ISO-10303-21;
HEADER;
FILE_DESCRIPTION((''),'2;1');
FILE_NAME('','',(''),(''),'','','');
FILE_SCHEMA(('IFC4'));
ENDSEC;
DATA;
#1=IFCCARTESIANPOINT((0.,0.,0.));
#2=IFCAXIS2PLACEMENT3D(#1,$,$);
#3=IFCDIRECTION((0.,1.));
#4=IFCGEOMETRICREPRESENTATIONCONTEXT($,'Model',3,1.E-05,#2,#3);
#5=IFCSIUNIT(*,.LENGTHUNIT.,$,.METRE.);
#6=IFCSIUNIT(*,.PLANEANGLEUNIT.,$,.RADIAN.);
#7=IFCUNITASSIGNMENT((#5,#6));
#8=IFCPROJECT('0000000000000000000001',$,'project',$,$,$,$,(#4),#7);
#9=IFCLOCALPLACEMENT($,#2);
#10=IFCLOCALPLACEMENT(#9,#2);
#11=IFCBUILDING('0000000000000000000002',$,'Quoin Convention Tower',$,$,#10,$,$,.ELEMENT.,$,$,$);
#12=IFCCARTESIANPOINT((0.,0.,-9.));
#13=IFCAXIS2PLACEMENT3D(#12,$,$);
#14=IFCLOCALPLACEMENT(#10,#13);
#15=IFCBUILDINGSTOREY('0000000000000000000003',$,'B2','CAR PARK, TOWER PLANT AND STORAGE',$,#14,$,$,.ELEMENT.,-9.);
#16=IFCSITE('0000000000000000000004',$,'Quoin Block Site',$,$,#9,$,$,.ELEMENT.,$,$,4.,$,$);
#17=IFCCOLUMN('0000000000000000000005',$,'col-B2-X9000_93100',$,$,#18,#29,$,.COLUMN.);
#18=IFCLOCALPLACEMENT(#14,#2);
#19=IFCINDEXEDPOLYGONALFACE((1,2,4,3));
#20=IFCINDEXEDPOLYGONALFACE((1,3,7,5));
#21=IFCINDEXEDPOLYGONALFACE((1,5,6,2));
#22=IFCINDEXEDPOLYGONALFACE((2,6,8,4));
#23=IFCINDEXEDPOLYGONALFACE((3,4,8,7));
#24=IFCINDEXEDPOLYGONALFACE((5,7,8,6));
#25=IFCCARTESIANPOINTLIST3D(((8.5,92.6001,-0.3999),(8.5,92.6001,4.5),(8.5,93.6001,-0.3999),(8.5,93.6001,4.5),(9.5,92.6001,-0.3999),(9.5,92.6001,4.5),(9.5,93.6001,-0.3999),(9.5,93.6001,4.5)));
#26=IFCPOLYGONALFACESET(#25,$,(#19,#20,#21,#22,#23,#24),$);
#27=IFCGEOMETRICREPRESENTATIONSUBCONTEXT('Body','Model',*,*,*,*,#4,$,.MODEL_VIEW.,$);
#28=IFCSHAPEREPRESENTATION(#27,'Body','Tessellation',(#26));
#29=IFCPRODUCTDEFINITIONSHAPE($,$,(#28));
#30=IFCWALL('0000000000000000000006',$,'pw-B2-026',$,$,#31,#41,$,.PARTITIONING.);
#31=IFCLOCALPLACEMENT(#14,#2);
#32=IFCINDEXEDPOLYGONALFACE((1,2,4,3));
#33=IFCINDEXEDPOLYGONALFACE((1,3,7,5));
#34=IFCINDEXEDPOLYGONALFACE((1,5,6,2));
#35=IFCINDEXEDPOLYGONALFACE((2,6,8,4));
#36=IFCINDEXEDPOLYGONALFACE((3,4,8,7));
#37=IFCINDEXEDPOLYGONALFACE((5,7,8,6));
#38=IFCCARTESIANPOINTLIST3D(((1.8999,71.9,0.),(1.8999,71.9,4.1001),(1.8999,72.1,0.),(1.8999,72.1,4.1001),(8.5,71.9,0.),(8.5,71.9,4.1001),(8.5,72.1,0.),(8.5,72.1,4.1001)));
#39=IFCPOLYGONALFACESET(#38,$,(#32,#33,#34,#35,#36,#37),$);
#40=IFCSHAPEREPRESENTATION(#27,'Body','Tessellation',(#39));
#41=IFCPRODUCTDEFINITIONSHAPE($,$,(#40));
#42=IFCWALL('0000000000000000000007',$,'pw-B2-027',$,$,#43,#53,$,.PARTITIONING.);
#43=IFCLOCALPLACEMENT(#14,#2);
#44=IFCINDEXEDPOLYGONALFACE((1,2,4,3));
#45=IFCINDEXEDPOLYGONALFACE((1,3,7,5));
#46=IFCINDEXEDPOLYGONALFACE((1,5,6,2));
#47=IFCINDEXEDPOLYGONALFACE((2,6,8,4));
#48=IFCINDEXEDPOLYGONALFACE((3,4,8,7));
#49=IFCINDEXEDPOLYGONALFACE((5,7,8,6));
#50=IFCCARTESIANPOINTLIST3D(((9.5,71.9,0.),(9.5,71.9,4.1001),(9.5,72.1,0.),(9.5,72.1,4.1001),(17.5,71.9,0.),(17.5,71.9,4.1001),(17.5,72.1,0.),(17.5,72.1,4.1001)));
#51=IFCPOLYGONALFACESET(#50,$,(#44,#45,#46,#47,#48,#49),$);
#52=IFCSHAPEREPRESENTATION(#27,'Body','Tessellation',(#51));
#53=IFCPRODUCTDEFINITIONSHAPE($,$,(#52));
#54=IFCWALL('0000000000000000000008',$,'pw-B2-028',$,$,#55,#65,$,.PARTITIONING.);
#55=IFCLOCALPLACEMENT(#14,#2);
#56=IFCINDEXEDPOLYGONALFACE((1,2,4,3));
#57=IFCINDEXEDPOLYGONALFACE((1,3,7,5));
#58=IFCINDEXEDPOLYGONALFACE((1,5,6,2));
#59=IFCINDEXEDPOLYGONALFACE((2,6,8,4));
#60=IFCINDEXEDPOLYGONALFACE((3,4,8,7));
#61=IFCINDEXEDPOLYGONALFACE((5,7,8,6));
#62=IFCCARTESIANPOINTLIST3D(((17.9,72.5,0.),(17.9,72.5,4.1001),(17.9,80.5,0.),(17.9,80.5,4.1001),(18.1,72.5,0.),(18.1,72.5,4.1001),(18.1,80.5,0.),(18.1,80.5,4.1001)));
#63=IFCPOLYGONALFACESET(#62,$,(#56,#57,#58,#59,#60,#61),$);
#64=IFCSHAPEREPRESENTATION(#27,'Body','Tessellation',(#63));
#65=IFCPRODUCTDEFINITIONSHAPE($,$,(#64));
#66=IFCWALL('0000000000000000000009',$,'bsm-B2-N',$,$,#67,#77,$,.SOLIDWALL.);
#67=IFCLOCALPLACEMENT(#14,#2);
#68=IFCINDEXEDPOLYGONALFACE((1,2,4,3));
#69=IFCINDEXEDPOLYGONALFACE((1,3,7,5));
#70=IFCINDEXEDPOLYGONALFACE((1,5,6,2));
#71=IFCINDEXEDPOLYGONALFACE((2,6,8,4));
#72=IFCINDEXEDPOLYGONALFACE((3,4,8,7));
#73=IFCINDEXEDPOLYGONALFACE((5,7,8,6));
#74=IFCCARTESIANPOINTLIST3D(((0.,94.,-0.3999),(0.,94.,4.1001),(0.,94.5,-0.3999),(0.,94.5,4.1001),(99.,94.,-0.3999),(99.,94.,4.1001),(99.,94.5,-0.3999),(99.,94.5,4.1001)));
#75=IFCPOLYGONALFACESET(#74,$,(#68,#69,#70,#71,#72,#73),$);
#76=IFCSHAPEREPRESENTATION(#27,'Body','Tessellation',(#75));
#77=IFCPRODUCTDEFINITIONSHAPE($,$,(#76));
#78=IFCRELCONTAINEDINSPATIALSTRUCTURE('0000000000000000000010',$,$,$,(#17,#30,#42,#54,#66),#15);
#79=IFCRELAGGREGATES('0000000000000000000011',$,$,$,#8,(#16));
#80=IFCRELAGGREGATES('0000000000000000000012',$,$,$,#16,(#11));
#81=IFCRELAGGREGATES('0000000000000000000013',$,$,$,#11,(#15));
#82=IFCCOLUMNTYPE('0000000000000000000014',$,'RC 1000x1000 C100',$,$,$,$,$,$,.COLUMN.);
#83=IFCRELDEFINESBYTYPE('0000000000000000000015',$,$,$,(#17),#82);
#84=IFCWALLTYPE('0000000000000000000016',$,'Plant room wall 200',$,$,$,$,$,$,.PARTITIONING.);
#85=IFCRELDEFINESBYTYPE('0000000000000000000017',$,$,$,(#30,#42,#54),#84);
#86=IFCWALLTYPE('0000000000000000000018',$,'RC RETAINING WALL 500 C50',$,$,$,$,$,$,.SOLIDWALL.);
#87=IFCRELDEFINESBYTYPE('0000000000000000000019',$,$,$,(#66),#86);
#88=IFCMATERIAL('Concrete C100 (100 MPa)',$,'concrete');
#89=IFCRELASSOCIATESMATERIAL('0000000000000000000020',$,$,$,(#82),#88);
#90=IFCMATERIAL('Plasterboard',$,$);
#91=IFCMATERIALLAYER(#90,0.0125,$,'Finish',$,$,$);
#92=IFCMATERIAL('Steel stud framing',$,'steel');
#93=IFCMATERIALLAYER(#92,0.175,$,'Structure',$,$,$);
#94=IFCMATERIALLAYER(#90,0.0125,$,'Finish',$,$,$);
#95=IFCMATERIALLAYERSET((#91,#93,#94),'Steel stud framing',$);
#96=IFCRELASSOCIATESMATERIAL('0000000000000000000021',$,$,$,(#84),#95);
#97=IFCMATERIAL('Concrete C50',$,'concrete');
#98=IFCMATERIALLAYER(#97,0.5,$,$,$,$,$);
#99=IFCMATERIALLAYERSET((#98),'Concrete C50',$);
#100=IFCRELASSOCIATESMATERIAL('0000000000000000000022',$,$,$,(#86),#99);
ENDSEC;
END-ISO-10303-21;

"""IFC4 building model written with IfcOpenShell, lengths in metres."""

from ifc_helpers import new_model, si_unit, direction, frame, frame_2d, origin, origin_2d, place, context, subcontext, project, spatial, rectangle, extrude, material, layer, layer_set, material_profile, profile_set, type_object, element, save


model = new_model("IFC4")

# Units and contexts
model_context = context("Model", 3, precision=1e-05, world=origin(), true_north=direction((0.0, 1.0)))
body_context = subcontext(model_context, "Body", "Model", "MODEL_VIEW")
ifc_project = project(units=[si_unit("LENGTHUNIT", "METRE"), si_unit("PLANEANGLEUNIT", "RADIAN")], contexts=[model_context])

# Site, building, storey
site_placement = place(None, origin())
site = spatial("IfcSite", under=ifc_project, at=site_placement, Name="Quoin Block Site", CompositionType="ELEMENT", RefElevation=4.0)
building_placement = place(site_placement, origin())
building = spatial("IfcBuilding", under=site, at=building_placement, Name="Quoin Convention Tower", CompositionType="ELEMENT")
storey_placement = place(building_placement, frame((0.0, 0.0, -9.0)))
storey = spatial("IfcBuildingStorey", under=building, at=storey_placement, Name="B2", Description="CAR PARK, TOWER PLANT AND STORAGE", CompositionType="ELEMENT", Elevation=-9.0)

# Shared definitions
ifc_material_1 = material(Name="Concrete C50", Category="concrete")

# Column
ifc_material_2 = material(Name="Concrete C100 (100 MPa)", Category="concrete")
ifc_material_profile_1 = material_profile(ifc_material_2, rectangle(XDim=1.0, YDim=1.0, at=origin_2d()), Name="RC 1000x1000")
ifc_profile_set_1 = profile_set([ifc_material_profile_1], Name="Concrete C100 (100 MPa)")
column_type = type_object("IfcColumnType", Name="RC 1000x1000 C100", PredefinedType="COLUMN", material=ifc_profile_set_1)
for number, where, z_axis, x_axis, name in (
    (1, (9.0, 93.1001, -0.3999), (0.0, 0.0, 1.0), (1.0, 0.0, 0.0), "col-B2-X9000_93100"),
):
    element("IfcColumn", number, at=place(storey_placement, frame(where, z_axis=z_axis, x_axis=x_axis)), inside=storey, type_object=column_type, Name=name, PredefinedType="COLUMN", context=body_context, shape_type="SweptSolid", body=[
        extrude(rectangle(XDim=1.0, YDim=1.0, at=origin_2d()), origin(), (0.0, 0.0, 1.0), 4.8999),
    ])

# Walls
ifc_material_3 = material(Name="Plasterboard")
ifc_layer_1 = layer(ifc_material_3, 0.0125, Name="Finish")
ifc_material_4 = material(Name="Steel stud framing", Category="steel")
ifc_layer_2 = layer(ifc_material_4, 0.175, Name="Structure")
ifc_layer_3 = layer(ifc_material_3, 0.0125, Name="Finish")
ifc_layer_set_1 = layer_set([ifc_layer_1, ifc_layer_2, ifc_layer_3], Name="Steel stud framing")
wall_type_1 = type_object("IfcWallType", Name="Plant room wall 200", PredefinedType="PARTITIONING", material=ifc_layer_set_1)
wall_1_placement = place(storey_placement, frame((1.8999, 72.0, 0.0), z_axis=(0.0, 0.0, 1.0), x_axis=(1.0, 0.0, 0.0)))
element("IfcWall", 2, at=wall_1_placement, inside=storey, type_object=wall_type_1, Name="pw-B2-026", PredefinedType="PARTITIONING", context=body_context, shape_type="SweptSolid", body=[
    extrude(rectangle(XDim=6.6001, YDim=0.2, at=frame_2d((3.3, 0.0))), origin(), (0.0, 0.0, 1.0), 4.1001),
])
for number, where, z_axis, x_axis, name in (
    (3, (9.5, 72.0, 0.0), (0.0, 0.0, 1.0), (1.0, 0.0, 0.0), "pw-B2-027"),
    (4, (18.0, 72.5, 0.0), (0.0, 0.0, 1.0), (0.0, 1.0, 0.0), "pw-B2-028"),
):
    element("IfcWall", number, at=place(storey_placement, frame(where, z_axis=z_axis, x_axis=x_axis)), inside=storey, type_object=wall_type_1, Name=name, PredefinedType="PARTITIONING", context=body_context, shape_type="SweptSolid", body=[
        extrude(rectangle(XDim=8.0, YDim=0.2, at=frame_2d((4.0, 0.0))), origin(), (0.0, 0.0, 1.0), 4.1001),
    ])
ifc_layer_4 = layer(ifc_material_1, 0.5)
ifc_layer_set_2 = layer_set([ifc_layer_4], Name="Concrete C50")
wall_type_2 = type_object("IfcWallType", Name="RC RETAINING WALL 500 C50", PredefinedType="SOLIDWALL", material=ifc_layer_set_2)
wall_2_placement = place(storey_placement, frame((0.0, 94.25, -0.3999), z_axis=(0.0, 0.0, 1.0), x_axis=(1.0, 0.0, 0.0)))
element("IfcWall", 5, at=wall_2_placement, inside=storey, type_object=wall_type_2, Name="bsm-B2-N", PredefinedType="SOLIDWALL", context=body_context, shape_type="SweptSolid", body=[
    extrude(rectangle(XDim=99.0, YDim=0.5, at=frame_2d((49.5, 0.0))), origin(), (0.0, 0.0, 1.0), 4.5),
])

save(model, "model.ifc")
